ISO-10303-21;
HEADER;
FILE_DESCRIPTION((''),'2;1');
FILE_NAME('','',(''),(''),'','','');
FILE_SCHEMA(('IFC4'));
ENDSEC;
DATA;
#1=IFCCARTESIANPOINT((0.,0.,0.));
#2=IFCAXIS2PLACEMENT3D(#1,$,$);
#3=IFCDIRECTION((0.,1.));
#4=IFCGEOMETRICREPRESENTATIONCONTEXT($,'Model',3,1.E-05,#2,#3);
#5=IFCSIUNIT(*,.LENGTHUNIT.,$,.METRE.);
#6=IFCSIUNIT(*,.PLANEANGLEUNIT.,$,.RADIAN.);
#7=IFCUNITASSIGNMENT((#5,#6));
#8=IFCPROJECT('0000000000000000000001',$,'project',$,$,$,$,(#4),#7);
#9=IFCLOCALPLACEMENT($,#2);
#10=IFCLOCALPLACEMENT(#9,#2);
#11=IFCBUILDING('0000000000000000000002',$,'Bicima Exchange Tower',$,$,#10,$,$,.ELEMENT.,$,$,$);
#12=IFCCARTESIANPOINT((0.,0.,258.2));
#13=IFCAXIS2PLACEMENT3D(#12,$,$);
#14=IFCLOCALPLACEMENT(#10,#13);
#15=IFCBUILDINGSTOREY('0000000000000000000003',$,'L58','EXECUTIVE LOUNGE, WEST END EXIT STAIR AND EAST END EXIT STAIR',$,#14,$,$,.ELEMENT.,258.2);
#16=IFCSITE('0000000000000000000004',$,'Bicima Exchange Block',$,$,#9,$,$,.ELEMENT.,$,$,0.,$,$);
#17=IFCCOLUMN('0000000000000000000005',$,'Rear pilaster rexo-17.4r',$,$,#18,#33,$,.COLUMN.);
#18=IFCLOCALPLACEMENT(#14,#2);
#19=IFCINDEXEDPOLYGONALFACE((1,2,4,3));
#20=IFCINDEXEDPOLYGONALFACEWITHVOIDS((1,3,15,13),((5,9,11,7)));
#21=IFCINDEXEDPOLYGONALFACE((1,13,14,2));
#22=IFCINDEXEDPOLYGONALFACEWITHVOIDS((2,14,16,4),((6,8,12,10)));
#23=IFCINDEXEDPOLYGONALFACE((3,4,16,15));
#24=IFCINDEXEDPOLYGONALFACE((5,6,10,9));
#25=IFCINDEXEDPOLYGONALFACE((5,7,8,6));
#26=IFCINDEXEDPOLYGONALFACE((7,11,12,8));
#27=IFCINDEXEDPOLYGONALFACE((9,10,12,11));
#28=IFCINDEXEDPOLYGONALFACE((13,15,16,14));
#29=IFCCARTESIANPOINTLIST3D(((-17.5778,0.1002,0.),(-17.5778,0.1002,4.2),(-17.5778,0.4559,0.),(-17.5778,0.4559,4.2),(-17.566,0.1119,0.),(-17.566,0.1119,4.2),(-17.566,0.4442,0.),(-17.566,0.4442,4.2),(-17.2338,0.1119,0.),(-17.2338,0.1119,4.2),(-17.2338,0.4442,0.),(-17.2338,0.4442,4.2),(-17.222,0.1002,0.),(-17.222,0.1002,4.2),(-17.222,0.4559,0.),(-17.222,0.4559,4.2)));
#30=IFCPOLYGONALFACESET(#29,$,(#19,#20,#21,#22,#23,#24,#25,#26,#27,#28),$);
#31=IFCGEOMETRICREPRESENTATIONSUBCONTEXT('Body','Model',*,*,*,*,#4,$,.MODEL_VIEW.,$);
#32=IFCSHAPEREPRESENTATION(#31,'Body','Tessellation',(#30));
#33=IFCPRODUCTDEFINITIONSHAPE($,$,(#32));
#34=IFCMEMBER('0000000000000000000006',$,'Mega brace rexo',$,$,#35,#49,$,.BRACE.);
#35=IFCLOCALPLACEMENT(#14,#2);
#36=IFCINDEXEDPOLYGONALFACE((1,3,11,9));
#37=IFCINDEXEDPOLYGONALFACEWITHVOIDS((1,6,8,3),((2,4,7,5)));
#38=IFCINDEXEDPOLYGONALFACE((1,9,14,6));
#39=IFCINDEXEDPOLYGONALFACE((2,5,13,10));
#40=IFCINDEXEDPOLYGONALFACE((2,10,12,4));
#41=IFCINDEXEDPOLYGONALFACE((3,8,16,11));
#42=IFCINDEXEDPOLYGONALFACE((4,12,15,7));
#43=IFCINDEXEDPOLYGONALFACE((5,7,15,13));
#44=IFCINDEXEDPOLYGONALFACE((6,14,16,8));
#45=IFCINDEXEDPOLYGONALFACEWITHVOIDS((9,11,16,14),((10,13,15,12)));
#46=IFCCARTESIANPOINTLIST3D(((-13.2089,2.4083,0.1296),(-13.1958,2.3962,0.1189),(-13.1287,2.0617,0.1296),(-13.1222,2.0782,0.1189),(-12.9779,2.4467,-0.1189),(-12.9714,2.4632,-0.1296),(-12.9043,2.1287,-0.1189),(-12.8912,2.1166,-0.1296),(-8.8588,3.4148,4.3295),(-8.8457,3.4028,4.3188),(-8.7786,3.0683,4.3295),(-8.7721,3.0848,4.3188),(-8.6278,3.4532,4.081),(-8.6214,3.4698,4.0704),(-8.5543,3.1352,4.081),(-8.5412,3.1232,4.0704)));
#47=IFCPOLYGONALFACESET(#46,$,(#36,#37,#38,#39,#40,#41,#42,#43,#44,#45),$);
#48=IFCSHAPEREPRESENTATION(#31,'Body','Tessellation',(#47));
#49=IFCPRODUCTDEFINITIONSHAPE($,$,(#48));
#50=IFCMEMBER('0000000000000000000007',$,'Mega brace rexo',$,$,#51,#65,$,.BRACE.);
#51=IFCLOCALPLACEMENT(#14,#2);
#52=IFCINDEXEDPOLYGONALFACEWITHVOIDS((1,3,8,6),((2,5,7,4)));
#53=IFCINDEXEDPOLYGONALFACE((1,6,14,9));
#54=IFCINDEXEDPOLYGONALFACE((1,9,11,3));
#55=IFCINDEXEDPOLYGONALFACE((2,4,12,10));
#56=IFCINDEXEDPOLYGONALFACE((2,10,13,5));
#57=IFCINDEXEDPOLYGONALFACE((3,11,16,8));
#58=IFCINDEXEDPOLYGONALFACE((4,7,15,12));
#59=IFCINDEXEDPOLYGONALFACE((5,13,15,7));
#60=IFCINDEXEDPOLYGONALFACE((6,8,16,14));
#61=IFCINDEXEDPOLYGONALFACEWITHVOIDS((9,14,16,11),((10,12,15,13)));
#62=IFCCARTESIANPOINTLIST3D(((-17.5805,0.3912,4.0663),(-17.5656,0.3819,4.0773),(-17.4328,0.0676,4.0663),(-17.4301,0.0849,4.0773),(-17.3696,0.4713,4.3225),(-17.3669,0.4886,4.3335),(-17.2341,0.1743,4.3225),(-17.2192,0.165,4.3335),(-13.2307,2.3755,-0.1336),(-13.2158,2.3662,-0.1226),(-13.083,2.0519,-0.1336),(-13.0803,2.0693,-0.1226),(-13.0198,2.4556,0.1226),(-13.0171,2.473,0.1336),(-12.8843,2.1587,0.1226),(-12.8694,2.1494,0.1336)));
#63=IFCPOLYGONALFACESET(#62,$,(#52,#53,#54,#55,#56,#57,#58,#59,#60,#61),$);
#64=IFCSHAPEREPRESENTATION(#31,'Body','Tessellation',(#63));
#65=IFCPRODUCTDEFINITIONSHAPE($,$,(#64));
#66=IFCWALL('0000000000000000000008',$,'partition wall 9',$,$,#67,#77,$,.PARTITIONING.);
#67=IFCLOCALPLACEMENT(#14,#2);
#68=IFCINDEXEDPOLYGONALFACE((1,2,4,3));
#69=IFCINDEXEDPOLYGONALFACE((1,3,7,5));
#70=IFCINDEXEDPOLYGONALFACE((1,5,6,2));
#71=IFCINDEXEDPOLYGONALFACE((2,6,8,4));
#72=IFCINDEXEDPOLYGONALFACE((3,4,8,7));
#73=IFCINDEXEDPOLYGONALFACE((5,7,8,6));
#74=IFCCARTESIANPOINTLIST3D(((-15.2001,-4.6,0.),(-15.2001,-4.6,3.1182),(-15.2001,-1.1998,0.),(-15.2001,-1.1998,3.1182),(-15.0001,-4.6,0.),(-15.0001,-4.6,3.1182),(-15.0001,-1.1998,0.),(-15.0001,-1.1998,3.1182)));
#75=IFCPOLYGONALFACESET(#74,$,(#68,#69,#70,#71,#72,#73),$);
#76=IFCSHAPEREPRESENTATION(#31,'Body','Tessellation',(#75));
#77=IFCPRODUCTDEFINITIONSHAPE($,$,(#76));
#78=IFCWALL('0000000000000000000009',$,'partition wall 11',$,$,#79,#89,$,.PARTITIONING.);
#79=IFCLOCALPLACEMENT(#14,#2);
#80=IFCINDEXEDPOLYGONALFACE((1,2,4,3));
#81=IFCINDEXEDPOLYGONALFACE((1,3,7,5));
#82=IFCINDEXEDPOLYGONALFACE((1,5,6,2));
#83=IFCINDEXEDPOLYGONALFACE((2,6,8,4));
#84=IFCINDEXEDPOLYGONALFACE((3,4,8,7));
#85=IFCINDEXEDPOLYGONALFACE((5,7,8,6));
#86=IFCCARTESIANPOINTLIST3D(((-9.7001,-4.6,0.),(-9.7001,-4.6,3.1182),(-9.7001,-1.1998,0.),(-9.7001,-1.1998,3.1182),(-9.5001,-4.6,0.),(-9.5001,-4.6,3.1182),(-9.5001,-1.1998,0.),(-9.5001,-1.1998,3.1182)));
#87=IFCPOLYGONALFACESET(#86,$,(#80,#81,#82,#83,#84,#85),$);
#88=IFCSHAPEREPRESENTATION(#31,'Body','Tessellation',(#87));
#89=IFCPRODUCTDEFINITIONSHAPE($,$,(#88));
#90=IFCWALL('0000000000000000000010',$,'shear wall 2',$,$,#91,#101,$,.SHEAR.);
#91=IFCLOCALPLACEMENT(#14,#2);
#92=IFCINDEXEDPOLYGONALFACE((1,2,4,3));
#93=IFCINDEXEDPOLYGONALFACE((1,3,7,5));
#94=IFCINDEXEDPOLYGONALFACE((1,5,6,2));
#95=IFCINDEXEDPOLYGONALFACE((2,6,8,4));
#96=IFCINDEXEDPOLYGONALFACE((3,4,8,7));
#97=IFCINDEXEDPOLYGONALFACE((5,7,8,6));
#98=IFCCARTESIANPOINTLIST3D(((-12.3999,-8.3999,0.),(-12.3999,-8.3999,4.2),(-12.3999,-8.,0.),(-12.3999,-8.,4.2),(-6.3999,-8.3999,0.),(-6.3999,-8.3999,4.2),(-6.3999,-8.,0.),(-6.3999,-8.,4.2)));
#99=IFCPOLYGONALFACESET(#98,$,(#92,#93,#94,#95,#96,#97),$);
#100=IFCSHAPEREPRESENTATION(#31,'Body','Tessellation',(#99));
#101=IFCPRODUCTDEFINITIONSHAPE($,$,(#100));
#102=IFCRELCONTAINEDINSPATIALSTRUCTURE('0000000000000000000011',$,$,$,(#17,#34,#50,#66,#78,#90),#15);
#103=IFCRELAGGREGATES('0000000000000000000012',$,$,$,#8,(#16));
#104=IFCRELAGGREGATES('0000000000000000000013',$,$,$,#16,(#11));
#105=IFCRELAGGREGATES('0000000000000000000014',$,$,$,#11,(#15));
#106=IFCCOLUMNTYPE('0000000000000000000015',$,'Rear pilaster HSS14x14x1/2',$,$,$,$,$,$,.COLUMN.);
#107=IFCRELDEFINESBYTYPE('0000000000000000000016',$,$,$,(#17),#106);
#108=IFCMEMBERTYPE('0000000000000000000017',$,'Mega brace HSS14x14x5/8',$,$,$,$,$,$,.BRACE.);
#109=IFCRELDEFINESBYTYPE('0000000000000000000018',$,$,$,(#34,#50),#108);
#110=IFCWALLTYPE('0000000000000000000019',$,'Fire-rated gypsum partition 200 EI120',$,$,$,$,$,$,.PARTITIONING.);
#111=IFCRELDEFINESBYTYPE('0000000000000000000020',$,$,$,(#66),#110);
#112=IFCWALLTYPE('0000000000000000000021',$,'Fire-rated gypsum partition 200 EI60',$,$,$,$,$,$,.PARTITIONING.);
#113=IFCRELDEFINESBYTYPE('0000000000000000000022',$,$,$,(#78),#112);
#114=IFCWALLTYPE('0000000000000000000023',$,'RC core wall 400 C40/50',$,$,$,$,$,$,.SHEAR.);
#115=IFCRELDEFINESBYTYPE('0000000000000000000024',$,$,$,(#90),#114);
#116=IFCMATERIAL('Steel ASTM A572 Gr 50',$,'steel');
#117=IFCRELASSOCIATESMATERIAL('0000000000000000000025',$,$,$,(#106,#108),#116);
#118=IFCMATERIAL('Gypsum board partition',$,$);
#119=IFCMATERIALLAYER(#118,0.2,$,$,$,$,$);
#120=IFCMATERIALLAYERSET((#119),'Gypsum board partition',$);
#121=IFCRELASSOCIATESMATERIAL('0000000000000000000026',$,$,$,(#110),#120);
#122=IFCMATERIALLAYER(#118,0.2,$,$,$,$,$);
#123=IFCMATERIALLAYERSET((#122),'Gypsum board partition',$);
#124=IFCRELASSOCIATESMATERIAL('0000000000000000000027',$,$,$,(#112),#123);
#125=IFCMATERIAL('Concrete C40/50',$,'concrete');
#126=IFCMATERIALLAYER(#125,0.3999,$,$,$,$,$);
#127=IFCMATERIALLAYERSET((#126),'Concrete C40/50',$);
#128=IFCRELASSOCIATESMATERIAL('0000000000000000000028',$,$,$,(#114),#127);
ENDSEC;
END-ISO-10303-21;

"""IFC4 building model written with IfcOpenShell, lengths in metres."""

from ifc_helpers import new_model, si_unit, direction, frame, frame_2d, origin, origin_2d, place, context, subcontext, project, spatial, rectangle, hollow_rectangle, extrude, material, layer, layer_set, material_profile, profile_set, type_object, element, save


model = new_model("IFC4")

# Units and contexts
model_context = context("Model", 3, precision=1e-05, world=origin(), true_north=direction((0.0, 1.0)))
body_context = subcontext(model_context, "Body", "Model", "MODEL_VIEW")
ifc_project = project(units=[si_unit("LENGTHUNIT", "METRE"), si_unit("PLANEANGLEUNIT", "RADIAN")], contexts=[model_context])

# Site, building, storey
site_placement = place(None, origin())
site = spatial("IfcSite", under=ifc_project, at=site_placement, Name="Bicima Exchange Block", CompositionType="ELEMENT", RefElevation=0.0)
building_placement = place(site_placement, origin())
building = spatial("IfcBuilding", under=site, at=building_placement, Name="Bicima Exchange Tower", CompositionType="ELEMENT")
storey_placement = place(building_placement, frame((0.0, 0.0, 258.2)))
storey = spatial("IfcBuildingStorey", under=building, at=storey_placement, Name="L58", Description="EXECUTIVE LOUNGE, WEST END EXIT STAIR AND EAST END EXIT STAIR", CompositionType="ELEMENT", Elevation=258.2)

# Column
ifc_material_1 = material(Name="Steel ASTM A572 Gr 50", Category="steel")
ifc_material_profile_1 = material_profile(ifc_material_1, hollow_rectangle(XDim=0.3557, YDim=0.3557, WallThickness=0.0117, at=origin_2d()))
ifc_profile_set_1 = profile_set([ifc_material_profile_1], Name="Steel ASTM A572 Gr 50")
column_type = type_object("IfcColumnType", Name="Rear pilaster HSS14x14x1/2", PredefinedType="COLUMN", material=ifc_profile_set_1)
column_placement = place(storey_placement, frame((-17.3999, 0.2781, 0.0), z_axis=(0.0, 0.0, 1.0), x_axis=(1.0, 0.0, 0.0)))
element("IfcColumn", 1, at=column_placement, inside=storey, type_object=column_type, Name="Rear pilaster rexo-17.4r", PredefinedType="COLUMN", context=body_context, shape_type="SweptSolid", body=[
    extrude(hollow_rectangle(XDim=0.3557, YDim=0.3557, WallThickness=0.0117, at=origin_2d()), origin(), (0.0, 0.0, 1.0), 4.2),
])

# Members
ifc_material_profile_2 = material_profile(ifc_material_1, hollow_rectangle(XDim=0.3557, YDim=0.3557, WallThickness=0.0146, at=origin_2d()))
ifc_profile_set_2 = profile_set([ifc_material_profile_2], Name="Steel ASTM A572 Gr 50")
member_type = type_object("IfcMemberType", Name="Mega brace HSS14x14x5/8", PredefinedType="BRACE", material=ifc_profile_set_2)
member_1_placement = place(storey_placement, frame((-13.05, 2.2625, 0.0), z_axis=(0.709648, 0.164209, 0.685154), x_axis=(-0.225439, 0.974257, 0.0)))
element("IfcMember", 2, at=member_1_placement, inside=storey, type_object=member_type, Name="Mega brace rexo", PredefinedType="BRACE", context=body_context, shape_type="SweptSolid", body=[
    extrude(hollow_rectangle(XDim=0.3557, YDim=0.3557, WallThickness=0.0146, at=origin_2d()), origin(), (0.0, 0.0, 1.0), 6.1299),
])
member_2_placement = place(storey_placement, frame((-13.05, 2.2625, 0.0), z_axis=(-0.683526, -0.31182, 0.65997), x_axis=(0.415045, -0.909801, 0.0)))
element("IfcMember", 3, at=member_2_placement, inside=storey, type_object=member_type, Name="Mega brace rexo", PredefinedType="BRACE", context=body_context, shape_type="SweptSolid", body=[
    extrude(hollow_rectangle(XDim=0.3557, YDim=0.3557, WallThickness=0.0146, at=origin_2d()), origin(), (0.0, 0.0, 1.0), 6.3638),
])

# Walls
ifc_material_2 = material(Name="Gypsum board partition")
ifc_layer_1 = layer(ifc_material_2, 0.2)
ifc_layer_set_1 = layer_set([ifc_layer_1], Name="Gypsum board partition")
wall_type_1 = type_object("IfcWallType", Name="Fire-rated gypsum partition 200 EI120", PredefinedType="PARTITIONING", material=ifc_layer_set_1)
wall_1_placement = place(storey_placement, frame((-15.1001, -4.6001, 0.0), z_axis=(0.0, 0.0, 1.0), x_axis=(0.0, 1.0, 0.0)))
element("IfcWall", 4, at=wall_1_placement, inside=storey, type_object=wall_type_1, Name="partition wall 9", PredefinedType="PARTITIONING", context=body_context, shape_type="SweptSolid", body=[
    extrude(rectangle(XDim=3.4001, YDim=0.2, at=frame_2d((1.7002, 0.0))), origin(), (0.0, 0.0, 1.0), 3.1182),
])
ifc_layer_2 = layer(ifc_material_2, 0.2)
ifc_layer_set_2 = layer_set([ifc_layer_2], Name="Gypsum board partition")
wall_type_2 = type_object("IfcWallType", Name="Fire-rated gypsum partition 200 EI60", PredefinedType="PARTITIONING", material=ifc_layer_set_2)
wall_2_placement = place(storey_placement, frame((-9.6001, -4.6001, 0.0), z_axis=(0.0, 0.0, 1.0), x_axis=(0.0, 1.0, 0.0)))
element("IfcWall", 5, at=wall_2_placement, inside=storey, type_object=wall_type_2, Name="partition wall 11", PredefinedType="PARTITIONING", context=body_context, shape_type="SweptSolid", body=[
    extrude(rectangle(XDim=3.4001, YDim=0.2, at=frame_2d((1.7002, 0.0))), origin(), (0.0, 0.0, 1.0), 3.1182),
])
ifc_material_3 = material(Name="Concrete C40/50", Category="concrete")
ifc_layer_3 = layer(ifc_material_3, 0.3999)
ifc_layer_set_3 = layer_set([ifc_layer_3], Name="Concrete C40/50")
wall_type_3 = type_object("IfcWallType", Name="RC core wall 400 C40/50", PredefinedType="SHEAR", material=ifc_layer_set_3)
wall_3_placement = place(storey_placement, frame((-12.3999, -8.2, 0.0), z_axis=(0.0, 0.0, 1.0), x_axis=(1.0, 0.0, 0.0)))
element("IfcWall", 6, at=wall_3_placement, inside=storey, type_object=wall_type_3, Name="shear wall 2", PredefinedType="SHEAR", context=body_context, shape_type="SweptSolid", body=[
    extrude(rectangle(XDim=6.0, YDim=0.3999, at=frame_2d((3.0, 0.0))), origin(), (0.0, 0.0, 1.0), 4.2),
])

save(model, "model.ifc")
